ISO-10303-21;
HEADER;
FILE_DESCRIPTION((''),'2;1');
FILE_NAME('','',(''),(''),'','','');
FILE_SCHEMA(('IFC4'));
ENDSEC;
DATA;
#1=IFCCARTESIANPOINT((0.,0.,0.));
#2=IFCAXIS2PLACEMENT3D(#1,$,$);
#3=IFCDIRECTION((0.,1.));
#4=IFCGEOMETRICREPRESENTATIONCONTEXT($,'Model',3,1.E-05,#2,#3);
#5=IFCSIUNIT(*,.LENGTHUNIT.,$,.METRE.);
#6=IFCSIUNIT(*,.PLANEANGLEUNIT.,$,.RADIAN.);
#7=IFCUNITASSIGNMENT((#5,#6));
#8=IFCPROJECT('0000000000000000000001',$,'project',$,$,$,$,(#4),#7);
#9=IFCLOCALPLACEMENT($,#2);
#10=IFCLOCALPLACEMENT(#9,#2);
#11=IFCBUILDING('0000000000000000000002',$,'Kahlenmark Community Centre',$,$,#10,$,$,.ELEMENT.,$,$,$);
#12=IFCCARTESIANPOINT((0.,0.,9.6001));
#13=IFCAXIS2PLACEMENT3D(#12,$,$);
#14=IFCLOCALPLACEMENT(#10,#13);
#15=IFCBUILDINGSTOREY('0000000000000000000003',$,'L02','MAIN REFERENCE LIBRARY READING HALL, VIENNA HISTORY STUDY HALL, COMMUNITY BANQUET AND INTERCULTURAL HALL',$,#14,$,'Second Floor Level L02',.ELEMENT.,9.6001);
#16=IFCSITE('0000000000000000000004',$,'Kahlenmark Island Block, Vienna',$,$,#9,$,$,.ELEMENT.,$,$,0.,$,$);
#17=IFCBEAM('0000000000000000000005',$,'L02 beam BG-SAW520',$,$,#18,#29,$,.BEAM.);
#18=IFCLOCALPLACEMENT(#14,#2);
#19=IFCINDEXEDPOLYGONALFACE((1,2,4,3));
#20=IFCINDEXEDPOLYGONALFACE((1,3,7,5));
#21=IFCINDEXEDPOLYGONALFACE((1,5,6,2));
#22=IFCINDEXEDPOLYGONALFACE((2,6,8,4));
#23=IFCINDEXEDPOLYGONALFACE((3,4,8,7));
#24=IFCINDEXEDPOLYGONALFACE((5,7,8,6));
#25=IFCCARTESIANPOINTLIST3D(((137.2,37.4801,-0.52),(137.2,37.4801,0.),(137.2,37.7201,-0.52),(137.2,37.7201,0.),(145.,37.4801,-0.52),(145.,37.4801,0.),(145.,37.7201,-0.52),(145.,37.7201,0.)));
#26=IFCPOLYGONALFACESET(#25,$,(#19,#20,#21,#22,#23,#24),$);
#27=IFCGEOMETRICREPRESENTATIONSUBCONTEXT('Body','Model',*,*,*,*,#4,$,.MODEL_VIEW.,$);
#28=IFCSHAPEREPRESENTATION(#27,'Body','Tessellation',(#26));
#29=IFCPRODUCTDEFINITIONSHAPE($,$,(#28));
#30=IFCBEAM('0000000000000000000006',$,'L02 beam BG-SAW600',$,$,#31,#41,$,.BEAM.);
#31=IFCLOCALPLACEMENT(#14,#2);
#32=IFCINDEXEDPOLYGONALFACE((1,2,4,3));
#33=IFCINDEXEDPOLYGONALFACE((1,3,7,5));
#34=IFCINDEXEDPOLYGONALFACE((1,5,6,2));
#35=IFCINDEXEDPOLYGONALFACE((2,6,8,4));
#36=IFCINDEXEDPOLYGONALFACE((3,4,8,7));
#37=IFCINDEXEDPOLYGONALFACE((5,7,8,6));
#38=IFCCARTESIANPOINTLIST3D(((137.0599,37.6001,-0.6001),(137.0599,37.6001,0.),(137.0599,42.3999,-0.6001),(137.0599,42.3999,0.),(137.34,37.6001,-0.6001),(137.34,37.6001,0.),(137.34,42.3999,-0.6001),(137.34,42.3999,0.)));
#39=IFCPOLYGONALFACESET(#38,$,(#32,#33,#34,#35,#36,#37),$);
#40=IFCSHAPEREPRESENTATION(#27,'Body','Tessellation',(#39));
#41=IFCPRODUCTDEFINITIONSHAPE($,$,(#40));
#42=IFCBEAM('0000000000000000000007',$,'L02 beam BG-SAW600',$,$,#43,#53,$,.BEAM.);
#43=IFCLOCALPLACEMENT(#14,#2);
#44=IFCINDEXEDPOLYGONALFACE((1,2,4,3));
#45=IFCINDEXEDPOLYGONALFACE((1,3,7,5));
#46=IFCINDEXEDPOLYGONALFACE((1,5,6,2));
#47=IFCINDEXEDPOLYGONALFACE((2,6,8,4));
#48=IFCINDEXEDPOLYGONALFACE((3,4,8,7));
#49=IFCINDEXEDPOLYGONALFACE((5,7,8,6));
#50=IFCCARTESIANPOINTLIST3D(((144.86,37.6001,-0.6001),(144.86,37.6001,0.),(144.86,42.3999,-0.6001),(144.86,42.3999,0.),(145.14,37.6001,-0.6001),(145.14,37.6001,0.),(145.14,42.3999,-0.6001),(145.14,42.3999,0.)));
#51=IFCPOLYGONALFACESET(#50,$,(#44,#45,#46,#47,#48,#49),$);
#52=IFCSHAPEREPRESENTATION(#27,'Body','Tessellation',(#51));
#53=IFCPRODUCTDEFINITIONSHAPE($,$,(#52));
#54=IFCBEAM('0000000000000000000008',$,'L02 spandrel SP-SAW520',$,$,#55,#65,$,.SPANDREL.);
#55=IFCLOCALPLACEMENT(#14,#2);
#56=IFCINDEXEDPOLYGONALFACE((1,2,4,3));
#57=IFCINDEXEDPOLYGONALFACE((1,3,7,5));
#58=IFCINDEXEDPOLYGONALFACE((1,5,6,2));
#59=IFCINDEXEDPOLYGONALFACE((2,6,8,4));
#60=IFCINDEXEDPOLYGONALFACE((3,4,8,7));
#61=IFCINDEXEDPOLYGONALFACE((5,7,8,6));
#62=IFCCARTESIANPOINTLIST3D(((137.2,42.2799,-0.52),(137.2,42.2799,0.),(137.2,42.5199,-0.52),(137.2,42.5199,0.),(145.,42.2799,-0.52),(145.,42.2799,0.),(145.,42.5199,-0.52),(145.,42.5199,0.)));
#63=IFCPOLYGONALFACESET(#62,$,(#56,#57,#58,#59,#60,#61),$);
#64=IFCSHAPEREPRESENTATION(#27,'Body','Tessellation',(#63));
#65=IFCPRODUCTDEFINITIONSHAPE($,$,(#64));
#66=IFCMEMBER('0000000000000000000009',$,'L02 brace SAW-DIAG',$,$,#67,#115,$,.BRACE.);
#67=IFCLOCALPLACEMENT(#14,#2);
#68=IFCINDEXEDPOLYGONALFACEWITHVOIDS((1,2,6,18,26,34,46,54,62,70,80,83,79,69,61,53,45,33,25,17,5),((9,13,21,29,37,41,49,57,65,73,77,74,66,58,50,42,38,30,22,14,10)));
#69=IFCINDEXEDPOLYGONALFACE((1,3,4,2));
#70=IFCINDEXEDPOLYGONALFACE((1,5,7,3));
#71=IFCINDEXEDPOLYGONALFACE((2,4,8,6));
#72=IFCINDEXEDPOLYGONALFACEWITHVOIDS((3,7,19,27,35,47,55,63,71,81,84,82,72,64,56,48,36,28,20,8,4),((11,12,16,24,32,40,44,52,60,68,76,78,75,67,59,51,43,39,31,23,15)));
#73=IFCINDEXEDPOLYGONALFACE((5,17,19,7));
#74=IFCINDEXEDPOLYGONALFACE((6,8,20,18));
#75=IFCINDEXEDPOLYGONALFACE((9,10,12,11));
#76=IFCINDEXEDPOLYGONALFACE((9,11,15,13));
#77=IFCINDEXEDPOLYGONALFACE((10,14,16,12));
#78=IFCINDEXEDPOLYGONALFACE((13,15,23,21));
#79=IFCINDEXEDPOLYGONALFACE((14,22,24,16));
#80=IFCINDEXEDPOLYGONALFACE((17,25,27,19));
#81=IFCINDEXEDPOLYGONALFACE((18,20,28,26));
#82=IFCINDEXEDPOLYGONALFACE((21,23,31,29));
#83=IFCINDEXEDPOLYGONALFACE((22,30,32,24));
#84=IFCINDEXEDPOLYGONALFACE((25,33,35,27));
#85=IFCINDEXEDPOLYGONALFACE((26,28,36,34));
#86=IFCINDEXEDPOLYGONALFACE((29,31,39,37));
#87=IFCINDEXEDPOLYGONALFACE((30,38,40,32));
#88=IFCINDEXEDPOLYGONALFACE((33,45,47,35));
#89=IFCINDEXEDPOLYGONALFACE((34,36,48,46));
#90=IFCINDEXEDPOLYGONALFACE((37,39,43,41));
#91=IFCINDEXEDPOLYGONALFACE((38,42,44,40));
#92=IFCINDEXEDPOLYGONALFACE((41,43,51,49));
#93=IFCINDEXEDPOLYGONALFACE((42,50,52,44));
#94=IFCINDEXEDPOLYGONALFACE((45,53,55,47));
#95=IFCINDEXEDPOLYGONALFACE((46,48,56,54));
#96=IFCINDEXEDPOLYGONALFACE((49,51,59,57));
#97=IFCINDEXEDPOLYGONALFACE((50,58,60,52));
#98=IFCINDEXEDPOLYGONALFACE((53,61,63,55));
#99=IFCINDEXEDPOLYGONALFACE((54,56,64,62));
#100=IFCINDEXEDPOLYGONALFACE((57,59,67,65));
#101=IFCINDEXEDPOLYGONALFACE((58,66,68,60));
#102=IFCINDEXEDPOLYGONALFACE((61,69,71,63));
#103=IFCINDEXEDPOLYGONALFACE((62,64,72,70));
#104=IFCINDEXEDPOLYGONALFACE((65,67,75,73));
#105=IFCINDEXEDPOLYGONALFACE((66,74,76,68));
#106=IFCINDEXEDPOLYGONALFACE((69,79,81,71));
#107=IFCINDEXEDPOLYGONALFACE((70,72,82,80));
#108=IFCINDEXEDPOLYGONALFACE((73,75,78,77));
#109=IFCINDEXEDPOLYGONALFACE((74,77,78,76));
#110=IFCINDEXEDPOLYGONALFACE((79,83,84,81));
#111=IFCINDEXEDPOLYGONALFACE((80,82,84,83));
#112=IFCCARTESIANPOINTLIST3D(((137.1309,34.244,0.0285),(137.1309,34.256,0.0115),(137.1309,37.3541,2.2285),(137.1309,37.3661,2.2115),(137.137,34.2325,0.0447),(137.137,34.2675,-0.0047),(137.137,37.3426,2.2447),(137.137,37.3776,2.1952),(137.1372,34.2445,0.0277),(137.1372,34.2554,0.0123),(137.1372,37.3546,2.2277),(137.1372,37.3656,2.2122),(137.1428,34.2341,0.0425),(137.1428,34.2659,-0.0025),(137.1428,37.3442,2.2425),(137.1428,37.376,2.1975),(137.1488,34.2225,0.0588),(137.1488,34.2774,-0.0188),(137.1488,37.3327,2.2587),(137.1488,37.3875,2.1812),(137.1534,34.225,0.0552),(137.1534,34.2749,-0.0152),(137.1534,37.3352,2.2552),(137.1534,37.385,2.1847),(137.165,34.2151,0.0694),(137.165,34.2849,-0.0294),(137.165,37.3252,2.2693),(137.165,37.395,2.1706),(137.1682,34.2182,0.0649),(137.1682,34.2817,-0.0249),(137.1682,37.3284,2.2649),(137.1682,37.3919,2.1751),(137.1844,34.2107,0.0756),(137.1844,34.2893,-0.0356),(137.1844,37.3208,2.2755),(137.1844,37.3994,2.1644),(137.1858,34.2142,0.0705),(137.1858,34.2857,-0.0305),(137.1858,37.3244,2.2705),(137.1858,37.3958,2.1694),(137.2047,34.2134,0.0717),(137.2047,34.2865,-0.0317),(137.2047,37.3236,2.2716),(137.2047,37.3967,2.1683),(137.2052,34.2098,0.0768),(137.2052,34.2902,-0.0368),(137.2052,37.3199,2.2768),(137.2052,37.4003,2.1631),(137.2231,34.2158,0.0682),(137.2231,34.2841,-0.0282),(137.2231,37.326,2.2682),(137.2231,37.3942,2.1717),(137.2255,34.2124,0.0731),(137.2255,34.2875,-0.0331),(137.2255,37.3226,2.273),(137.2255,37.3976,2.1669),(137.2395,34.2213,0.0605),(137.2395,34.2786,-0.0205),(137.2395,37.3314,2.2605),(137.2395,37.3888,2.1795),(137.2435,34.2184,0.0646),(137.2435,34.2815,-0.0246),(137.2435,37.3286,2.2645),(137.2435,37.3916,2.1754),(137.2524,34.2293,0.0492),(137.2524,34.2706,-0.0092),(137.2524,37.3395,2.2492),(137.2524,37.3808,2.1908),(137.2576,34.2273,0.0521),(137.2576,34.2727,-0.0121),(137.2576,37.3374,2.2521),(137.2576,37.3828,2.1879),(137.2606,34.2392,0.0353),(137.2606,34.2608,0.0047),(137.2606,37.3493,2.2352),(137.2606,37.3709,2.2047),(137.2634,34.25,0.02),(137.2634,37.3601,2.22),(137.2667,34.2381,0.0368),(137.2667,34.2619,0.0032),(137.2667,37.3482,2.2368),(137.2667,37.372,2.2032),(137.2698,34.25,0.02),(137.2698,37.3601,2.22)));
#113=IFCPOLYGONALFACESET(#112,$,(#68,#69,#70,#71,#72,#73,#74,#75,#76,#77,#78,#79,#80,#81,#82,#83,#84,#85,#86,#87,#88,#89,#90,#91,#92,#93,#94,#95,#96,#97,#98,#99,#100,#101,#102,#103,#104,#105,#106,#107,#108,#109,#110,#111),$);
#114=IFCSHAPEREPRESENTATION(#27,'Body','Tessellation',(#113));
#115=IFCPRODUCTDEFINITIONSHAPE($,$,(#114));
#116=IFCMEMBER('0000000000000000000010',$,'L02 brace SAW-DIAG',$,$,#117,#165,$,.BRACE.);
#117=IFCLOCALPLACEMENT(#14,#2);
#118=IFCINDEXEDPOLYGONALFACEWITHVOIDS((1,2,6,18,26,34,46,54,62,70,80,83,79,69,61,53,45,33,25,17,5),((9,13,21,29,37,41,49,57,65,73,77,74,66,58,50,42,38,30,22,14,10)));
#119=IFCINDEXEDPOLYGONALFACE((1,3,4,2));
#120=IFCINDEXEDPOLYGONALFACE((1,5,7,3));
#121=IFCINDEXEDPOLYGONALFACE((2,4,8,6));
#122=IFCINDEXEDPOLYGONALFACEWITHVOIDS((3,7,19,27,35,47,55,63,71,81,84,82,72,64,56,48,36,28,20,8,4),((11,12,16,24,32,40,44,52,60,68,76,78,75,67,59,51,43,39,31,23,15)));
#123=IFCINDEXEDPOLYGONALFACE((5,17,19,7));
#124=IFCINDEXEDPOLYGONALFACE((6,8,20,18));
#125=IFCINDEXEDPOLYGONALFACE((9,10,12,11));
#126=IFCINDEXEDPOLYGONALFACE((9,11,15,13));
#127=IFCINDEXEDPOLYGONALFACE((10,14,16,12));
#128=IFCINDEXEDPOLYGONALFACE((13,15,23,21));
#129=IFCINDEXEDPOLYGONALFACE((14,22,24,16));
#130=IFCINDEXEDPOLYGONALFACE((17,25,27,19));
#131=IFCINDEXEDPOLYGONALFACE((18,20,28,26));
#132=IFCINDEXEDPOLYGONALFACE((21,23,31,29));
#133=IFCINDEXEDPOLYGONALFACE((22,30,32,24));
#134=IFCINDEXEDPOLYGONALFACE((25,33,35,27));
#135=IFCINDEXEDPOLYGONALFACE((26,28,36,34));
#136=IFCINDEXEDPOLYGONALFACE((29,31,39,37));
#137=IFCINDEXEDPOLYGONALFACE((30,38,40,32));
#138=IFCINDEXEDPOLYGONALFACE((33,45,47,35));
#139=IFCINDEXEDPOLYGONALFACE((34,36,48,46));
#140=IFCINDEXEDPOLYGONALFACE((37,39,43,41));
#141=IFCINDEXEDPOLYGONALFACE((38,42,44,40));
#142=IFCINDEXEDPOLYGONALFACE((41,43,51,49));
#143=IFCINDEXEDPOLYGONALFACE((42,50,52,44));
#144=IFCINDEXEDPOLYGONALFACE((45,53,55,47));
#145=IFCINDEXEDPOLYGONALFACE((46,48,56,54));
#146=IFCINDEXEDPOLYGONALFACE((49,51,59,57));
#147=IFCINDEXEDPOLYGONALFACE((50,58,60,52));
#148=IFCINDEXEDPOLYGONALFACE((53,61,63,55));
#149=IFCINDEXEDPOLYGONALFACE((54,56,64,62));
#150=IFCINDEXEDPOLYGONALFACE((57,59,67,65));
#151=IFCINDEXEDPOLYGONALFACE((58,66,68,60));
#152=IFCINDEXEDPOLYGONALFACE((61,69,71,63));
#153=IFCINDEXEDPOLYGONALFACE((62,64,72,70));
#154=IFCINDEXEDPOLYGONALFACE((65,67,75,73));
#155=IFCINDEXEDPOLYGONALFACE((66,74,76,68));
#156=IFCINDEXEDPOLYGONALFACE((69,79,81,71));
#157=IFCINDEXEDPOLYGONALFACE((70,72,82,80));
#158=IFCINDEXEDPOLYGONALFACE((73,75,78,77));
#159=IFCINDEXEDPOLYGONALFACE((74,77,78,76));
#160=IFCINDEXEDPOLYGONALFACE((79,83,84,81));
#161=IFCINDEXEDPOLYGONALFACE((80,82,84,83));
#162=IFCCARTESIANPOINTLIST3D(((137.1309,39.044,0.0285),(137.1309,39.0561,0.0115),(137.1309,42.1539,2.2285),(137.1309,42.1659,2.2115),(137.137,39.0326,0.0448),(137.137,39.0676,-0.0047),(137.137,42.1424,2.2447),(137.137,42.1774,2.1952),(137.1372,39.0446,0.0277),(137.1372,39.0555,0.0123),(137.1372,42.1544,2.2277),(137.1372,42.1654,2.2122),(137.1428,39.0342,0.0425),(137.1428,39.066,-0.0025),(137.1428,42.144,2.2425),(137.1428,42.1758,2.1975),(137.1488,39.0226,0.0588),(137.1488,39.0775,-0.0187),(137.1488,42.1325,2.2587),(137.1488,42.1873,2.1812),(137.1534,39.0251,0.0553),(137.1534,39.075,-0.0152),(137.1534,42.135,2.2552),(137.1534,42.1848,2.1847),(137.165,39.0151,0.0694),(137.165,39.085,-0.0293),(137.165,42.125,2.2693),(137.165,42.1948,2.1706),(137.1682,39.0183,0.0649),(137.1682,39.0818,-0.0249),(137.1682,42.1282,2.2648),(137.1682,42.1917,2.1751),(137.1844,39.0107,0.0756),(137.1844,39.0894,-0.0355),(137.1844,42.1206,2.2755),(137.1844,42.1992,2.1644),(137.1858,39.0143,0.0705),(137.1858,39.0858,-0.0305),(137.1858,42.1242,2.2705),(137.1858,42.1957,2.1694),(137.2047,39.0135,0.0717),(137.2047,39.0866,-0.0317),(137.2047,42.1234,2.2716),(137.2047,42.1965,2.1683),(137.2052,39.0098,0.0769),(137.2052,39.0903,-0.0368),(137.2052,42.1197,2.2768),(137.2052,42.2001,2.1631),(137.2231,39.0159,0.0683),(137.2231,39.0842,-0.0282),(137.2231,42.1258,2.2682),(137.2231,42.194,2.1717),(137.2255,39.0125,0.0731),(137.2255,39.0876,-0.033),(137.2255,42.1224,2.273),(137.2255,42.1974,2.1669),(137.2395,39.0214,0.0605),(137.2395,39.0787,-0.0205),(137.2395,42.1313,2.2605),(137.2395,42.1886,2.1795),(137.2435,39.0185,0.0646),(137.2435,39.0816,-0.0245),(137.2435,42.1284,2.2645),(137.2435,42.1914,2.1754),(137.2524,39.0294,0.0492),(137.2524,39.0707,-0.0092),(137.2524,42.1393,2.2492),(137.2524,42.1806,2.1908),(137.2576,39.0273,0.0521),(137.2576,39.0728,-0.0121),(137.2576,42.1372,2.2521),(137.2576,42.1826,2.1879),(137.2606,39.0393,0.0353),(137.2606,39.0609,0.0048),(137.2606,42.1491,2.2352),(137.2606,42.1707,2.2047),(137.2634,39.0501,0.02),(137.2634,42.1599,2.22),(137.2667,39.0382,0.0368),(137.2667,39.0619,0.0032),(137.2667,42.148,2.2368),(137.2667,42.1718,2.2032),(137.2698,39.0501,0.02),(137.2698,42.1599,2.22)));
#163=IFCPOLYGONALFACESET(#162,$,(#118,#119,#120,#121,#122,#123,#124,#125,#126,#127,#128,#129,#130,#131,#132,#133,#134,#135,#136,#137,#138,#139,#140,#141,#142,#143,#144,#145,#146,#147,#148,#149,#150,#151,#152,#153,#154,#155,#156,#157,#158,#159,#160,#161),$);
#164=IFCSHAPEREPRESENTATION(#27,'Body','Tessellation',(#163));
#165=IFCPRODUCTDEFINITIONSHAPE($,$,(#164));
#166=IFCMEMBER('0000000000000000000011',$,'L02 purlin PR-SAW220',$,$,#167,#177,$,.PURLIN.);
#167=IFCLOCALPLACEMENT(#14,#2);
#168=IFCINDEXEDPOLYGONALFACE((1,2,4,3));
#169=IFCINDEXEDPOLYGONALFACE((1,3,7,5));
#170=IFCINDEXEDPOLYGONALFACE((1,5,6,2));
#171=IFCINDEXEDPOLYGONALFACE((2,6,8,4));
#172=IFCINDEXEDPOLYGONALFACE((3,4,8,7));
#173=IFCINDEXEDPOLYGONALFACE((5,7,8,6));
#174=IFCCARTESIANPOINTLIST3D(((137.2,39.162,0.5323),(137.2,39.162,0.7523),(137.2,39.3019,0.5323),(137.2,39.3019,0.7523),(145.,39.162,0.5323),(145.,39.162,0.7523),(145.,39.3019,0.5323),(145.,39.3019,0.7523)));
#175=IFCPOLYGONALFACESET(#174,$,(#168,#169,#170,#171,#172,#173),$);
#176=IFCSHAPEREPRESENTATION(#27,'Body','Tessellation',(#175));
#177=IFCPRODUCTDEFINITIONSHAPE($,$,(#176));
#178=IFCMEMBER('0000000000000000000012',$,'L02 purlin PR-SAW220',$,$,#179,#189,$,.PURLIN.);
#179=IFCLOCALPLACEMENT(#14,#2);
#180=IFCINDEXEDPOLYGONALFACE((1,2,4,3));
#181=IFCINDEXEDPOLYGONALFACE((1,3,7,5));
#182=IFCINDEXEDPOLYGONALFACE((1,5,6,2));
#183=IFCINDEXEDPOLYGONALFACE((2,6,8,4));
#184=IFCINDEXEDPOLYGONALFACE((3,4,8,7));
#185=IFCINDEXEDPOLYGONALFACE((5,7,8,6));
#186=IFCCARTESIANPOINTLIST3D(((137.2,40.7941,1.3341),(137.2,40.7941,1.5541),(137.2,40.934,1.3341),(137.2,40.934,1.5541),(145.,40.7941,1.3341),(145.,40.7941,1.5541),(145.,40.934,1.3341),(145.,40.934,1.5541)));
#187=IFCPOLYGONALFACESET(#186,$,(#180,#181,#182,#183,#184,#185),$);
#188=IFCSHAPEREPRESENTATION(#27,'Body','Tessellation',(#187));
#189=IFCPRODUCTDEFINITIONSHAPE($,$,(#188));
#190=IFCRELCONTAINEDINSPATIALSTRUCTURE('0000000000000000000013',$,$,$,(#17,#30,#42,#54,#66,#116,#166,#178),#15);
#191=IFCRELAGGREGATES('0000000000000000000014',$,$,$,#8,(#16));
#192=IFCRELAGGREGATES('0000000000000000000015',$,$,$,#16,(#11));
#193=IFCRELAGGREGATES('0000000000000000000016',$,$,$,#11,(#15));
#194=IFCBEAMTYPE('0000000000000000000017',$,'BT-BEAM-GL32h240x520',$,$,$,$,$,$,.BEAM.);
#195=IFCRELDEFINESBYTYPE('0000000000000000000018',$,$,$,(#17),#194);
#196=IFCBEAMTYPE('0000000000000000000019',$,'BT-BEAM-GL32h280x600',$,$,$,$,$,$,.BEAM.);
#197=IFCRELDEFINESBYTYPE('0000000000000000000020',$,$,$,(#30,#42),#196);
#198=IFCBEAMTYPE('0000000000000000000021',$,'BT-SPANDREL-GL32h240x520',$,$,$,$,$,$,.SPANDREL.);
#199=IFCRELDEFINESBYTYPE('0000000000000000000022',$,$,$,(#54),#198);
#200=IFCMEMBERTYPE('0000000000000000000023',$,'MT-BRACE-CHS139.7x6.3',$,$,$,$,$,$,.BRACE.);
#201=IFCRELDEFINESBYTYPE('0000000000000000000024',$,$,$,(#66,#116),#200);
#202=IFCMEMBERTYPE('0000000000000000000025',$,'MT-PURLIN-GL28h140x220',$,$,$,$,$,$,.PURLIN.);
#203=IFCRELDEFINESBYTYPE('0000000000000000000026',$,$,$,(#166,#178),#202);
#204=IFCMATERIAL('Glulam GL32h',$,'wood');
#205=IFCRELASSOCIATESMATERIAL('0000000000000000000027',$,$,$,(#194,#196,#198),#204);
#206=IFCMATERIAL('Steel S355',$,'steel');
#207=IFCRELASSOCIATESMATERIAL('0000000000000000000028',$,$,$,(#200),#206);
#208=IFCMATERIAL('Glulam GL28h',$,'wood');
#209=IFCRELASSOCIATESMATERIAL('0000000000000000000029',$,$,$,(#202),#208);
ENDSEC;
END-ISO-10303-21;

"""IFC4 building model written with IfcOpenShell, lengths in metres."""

from ifc_helpers import new_model, si_unit, direction, frame, origin, origin_2d, place, context, subcontext, project, spatial, rectangle, hollow_circle, extrude, material, material_profile, profile_set, type_object, element, save


model = new_model("IFC4")

# Units and contexts
model_context = context("Model", 3, precision=1e-05, world=origin(), true_north=direction((0.0, 1.0)))
body_context = subcontext(model_context, "Body", "Model", "MODEL_VIEW")
ifc_project = project(units=[si_unit("LENGTHUNIT", "METRE"), si_unit("PLANEANGLEUNIT", "RADIAN")], contexts=[model_context])

# Site, building, storey
site_placement = place(None, origin())
site = spatial("IfcSite", under=ifc_project, at=site_placement, Name="Kahlenmark Island Block, Vienna", CompositionType="ELEMENT", RefElevation=0.0)
building_placement = place(site_placement, origin())
building = spatial("IfcBuilding", under=site, at=building_placement, Name="Kahlenmark Community Centre", CompositionType="ELEMENT")
storey_placement = place(building_placement, frame((0.0, 0.0, 9.6001)))
storey = spatial("IfcBuildingStorey", under=building, at=storey_placement, Name="L02", Description="MAIN REFERENCE LIBRARY READING HALL, VIENNA HISTORY STUDY HALL, COMMUNITY BANQUET AND INTERCULTURAL HALL", LongName="Second Floor Level L02", CompositionType="ELEMENT", Elevation=9.6001)

# Beams
ifc_material_1 = material(Name="Glulam GL32h", Category="wood")
ifc_material_profile_1 = material_profile(ifc_material_1, rectangle(XDim=0.24, YDim=0.52, at=origin_2d()), Name="GL32h 240x520")
ifc_profile_set_1 = profile_set([ifc_material_profile_1], Name="Glulam GL32h")
beam_type_1 = type_object("IfcBeamType", Name="BT-BEAM-GL32h240x520", PredefinedType="BEAM", material=ifc_profile_set_1)
beam_1_placement = place(storey_placement, frame((137.2, 37.6001, -0.26), z_axis=(1.0, 0.0, 0.0), x_axis=(0.0, 1.0, 0.0)))
element("IfcBeam", 1, at=beam_1_placement, inside=storey, type_object=beam_type_1, Name="L02 beam BG-SAW520", PredefinedType="BEAM", context=body_context, shape_type="SweptSolid", body=[
    extrude(rectangle(XDim=0.24, YDim=0.52, at=origin_2d()), origin(), (0.0, 0.0, 1.0), 7.8),
])
ifc_material_profile_2 = material_profile(ifc_material_1, rectangle(XDim=0.28, YDim=0.6001, at=origin_2d()), Name="GL32h 280x600")
ifc_profile_set_2 = profile_set([ifc_material_profile_2], Name="Glulam GL32h")
beam_type_2 = type_object("IfcBeamType", Name="BT-BEAM-GL32h280x600", PredefinedType="BEAM", material=ifc_profile_set_2)
for number, where, z_axis, x_axis, name in (
    (2, (137.2, 37.6001, -0.3), (0.0, 1.0, 0.0), (-1.0, 0.0, 0.0), "L02 beam BG-SAW600"),
    (3, (145.0, 37.6001, -0.3), (0.0, 1.0, 0.0), (-1.0, 0.0, 0.0), "L02 beam BG-SAW600"),
):
    element("IfcBeam", number, at=place(storey_placement, frame(where, z_axis=z_axis, x_axis=x_axis)), inside=storey, type_object=beam_type_2, Name=name, PredefinedType="BEAM", context=body_context, shape_type="SweptSolid", body=[
        extrude(rectangle(XDim=0.28, YDim=0.6001, at=origin_2d()), origin(), (0.0, 0.0, 1.0), 4.7998),
    ])
ifc_material_profile_3 = material_profile(ifc_material_1, rectangle(XDim=0.24, YDim=0.52, at=origin_2d()), Name="GL32h 240x520")
ifc_profile_set_3 = profile_set([ifc_material_profile_3], Name="Glulam GL32h")
beam_type_3 = type_object("IfcBeamType", Name="BT-SPANDREL-GL32h240x520", PredefinedType="SPANDREL", material=ifc_profile_set_3)
beam_2_placement = place(storey_placement, frame((137.2, 42.3999, -0.26), z_axis=(1.0, 0.0, 0.0), x_axis=(0.0, 1.0, 0.0)))
element("IfcBeam", 4, at=beam_2_placement, inside=storey, type_object=beam_type_3, Name="L02 spandrel SP-SAW520", PredefinedType="SPANDREL", context=body_context, shape_type="SweptSolid", body=[
    extrude(rectangle(XDim=0.24, YDim=0.52, at=origin_2d()), origin(), (0.0, 0.0, 1.0), 7.8),
])

# Members
ifc_material_2 = material(Name="Steel S355", Category="steel")
ifc_material_profile_4 = material_profile(ifc_material_2, hollow_circle(Radius=0.0698, WallThickness=0.0063, at=origin_2d()), Name="CHS 139.7x6.3")
ifc_profile_set_4 = profile_set([ifc_material_profile_4], Name="Steel S355")
member_type_1 = type_object("IfcMemberType", Name="MT-BRACE-CHS139.7x6.3", PredefinedType="BRACE", material=ifc_profile_set_4)
member_1_placement = place(storey_placement, frame((137.2, 37.3601, 2.22), z_axis=(0.0, -0.816401, -0.577486), x_axis=(1.0, 0.0, 0.0)))
element("IfcMember", 5, at=member_1_placement, inside=storey, type_object=member_type_1, Name="L02 brace SAW-DIAG", PredefinedType="BRACE", context=body_context, shape_type="SweptSolid", body=[
    extrude(hollow_circle(Radius=0.0698, WallThickness=0.0063, at=origin_2d()), origin(), (0.0, 0.0, 1.0), 3.8096),
])
member_2_placement = place(storey_placement, frame((137.2, 42.1599, 2.22), z_axis=(0.0, -0.81638, -0.577516), x_axis=(1.0, 0.0, 0.0)))
element("IfcMember", 6, at=member_2_placement, inside=storey, type_object=member_type_1, Name="L02 brace SAW-DIAG", PredefinedType="BRACE", context=body_context, shape_type="SweptSolid", body=[
    extrude(hollow_circle(Radius=0.0698, WallThickness=0.0063, at=origin_2d()), origin(), (0.0, 0.0, 1.0), 3.8093),
])
ifc_material_3 = material(Name="Glulam GL28h", Category="wood")
ifc_material_profile_5 = material_profile(ifc_material_3, rectangle(XDim=0.1399, YDim=0.22, at=origin_2d()), Name="GL28h 140x220")
ifc_profile_set_5 = profile_set([ifc_material_profile_5], Name="Glulam GL28h")
member_type_2 = type_object("IfcMemberType", Name="MT-PURLIN-GL28h140x220", PredefinedType="PURLIN", material=ifc_profile_set_5)
for number, where, z_axis, x_axis, name in (
    (7, (137.2, 39.2319, 0.6423), (1.0, 0.0, 0.0), (0.0, 1.0, 0.0), "L02 purlin PR-SAW220"),
    (8, (137.2, 40.864, 1.4441), (1.0, 0.0, 0.0), (0.0, 1.0, 0.0), "L02 purlin PR-SAW220"),
):
    element("IfcMember", number, at=place(storey_placement, frame(where, z_axis=z_axis, x_axis=x_axis)), inside=storey, type_object=member_type_2, Name=name, PredefinedType="PURLIN", context=body_context, shape_type="SweptSolid", body=[
        extrude(rectangle(XDim=0.1399, YDim=0.22, at=origin_2d()), origin(), (0.0, 0.0, 1.0), 7.8),
    ])

save(model, "model.ifc")
